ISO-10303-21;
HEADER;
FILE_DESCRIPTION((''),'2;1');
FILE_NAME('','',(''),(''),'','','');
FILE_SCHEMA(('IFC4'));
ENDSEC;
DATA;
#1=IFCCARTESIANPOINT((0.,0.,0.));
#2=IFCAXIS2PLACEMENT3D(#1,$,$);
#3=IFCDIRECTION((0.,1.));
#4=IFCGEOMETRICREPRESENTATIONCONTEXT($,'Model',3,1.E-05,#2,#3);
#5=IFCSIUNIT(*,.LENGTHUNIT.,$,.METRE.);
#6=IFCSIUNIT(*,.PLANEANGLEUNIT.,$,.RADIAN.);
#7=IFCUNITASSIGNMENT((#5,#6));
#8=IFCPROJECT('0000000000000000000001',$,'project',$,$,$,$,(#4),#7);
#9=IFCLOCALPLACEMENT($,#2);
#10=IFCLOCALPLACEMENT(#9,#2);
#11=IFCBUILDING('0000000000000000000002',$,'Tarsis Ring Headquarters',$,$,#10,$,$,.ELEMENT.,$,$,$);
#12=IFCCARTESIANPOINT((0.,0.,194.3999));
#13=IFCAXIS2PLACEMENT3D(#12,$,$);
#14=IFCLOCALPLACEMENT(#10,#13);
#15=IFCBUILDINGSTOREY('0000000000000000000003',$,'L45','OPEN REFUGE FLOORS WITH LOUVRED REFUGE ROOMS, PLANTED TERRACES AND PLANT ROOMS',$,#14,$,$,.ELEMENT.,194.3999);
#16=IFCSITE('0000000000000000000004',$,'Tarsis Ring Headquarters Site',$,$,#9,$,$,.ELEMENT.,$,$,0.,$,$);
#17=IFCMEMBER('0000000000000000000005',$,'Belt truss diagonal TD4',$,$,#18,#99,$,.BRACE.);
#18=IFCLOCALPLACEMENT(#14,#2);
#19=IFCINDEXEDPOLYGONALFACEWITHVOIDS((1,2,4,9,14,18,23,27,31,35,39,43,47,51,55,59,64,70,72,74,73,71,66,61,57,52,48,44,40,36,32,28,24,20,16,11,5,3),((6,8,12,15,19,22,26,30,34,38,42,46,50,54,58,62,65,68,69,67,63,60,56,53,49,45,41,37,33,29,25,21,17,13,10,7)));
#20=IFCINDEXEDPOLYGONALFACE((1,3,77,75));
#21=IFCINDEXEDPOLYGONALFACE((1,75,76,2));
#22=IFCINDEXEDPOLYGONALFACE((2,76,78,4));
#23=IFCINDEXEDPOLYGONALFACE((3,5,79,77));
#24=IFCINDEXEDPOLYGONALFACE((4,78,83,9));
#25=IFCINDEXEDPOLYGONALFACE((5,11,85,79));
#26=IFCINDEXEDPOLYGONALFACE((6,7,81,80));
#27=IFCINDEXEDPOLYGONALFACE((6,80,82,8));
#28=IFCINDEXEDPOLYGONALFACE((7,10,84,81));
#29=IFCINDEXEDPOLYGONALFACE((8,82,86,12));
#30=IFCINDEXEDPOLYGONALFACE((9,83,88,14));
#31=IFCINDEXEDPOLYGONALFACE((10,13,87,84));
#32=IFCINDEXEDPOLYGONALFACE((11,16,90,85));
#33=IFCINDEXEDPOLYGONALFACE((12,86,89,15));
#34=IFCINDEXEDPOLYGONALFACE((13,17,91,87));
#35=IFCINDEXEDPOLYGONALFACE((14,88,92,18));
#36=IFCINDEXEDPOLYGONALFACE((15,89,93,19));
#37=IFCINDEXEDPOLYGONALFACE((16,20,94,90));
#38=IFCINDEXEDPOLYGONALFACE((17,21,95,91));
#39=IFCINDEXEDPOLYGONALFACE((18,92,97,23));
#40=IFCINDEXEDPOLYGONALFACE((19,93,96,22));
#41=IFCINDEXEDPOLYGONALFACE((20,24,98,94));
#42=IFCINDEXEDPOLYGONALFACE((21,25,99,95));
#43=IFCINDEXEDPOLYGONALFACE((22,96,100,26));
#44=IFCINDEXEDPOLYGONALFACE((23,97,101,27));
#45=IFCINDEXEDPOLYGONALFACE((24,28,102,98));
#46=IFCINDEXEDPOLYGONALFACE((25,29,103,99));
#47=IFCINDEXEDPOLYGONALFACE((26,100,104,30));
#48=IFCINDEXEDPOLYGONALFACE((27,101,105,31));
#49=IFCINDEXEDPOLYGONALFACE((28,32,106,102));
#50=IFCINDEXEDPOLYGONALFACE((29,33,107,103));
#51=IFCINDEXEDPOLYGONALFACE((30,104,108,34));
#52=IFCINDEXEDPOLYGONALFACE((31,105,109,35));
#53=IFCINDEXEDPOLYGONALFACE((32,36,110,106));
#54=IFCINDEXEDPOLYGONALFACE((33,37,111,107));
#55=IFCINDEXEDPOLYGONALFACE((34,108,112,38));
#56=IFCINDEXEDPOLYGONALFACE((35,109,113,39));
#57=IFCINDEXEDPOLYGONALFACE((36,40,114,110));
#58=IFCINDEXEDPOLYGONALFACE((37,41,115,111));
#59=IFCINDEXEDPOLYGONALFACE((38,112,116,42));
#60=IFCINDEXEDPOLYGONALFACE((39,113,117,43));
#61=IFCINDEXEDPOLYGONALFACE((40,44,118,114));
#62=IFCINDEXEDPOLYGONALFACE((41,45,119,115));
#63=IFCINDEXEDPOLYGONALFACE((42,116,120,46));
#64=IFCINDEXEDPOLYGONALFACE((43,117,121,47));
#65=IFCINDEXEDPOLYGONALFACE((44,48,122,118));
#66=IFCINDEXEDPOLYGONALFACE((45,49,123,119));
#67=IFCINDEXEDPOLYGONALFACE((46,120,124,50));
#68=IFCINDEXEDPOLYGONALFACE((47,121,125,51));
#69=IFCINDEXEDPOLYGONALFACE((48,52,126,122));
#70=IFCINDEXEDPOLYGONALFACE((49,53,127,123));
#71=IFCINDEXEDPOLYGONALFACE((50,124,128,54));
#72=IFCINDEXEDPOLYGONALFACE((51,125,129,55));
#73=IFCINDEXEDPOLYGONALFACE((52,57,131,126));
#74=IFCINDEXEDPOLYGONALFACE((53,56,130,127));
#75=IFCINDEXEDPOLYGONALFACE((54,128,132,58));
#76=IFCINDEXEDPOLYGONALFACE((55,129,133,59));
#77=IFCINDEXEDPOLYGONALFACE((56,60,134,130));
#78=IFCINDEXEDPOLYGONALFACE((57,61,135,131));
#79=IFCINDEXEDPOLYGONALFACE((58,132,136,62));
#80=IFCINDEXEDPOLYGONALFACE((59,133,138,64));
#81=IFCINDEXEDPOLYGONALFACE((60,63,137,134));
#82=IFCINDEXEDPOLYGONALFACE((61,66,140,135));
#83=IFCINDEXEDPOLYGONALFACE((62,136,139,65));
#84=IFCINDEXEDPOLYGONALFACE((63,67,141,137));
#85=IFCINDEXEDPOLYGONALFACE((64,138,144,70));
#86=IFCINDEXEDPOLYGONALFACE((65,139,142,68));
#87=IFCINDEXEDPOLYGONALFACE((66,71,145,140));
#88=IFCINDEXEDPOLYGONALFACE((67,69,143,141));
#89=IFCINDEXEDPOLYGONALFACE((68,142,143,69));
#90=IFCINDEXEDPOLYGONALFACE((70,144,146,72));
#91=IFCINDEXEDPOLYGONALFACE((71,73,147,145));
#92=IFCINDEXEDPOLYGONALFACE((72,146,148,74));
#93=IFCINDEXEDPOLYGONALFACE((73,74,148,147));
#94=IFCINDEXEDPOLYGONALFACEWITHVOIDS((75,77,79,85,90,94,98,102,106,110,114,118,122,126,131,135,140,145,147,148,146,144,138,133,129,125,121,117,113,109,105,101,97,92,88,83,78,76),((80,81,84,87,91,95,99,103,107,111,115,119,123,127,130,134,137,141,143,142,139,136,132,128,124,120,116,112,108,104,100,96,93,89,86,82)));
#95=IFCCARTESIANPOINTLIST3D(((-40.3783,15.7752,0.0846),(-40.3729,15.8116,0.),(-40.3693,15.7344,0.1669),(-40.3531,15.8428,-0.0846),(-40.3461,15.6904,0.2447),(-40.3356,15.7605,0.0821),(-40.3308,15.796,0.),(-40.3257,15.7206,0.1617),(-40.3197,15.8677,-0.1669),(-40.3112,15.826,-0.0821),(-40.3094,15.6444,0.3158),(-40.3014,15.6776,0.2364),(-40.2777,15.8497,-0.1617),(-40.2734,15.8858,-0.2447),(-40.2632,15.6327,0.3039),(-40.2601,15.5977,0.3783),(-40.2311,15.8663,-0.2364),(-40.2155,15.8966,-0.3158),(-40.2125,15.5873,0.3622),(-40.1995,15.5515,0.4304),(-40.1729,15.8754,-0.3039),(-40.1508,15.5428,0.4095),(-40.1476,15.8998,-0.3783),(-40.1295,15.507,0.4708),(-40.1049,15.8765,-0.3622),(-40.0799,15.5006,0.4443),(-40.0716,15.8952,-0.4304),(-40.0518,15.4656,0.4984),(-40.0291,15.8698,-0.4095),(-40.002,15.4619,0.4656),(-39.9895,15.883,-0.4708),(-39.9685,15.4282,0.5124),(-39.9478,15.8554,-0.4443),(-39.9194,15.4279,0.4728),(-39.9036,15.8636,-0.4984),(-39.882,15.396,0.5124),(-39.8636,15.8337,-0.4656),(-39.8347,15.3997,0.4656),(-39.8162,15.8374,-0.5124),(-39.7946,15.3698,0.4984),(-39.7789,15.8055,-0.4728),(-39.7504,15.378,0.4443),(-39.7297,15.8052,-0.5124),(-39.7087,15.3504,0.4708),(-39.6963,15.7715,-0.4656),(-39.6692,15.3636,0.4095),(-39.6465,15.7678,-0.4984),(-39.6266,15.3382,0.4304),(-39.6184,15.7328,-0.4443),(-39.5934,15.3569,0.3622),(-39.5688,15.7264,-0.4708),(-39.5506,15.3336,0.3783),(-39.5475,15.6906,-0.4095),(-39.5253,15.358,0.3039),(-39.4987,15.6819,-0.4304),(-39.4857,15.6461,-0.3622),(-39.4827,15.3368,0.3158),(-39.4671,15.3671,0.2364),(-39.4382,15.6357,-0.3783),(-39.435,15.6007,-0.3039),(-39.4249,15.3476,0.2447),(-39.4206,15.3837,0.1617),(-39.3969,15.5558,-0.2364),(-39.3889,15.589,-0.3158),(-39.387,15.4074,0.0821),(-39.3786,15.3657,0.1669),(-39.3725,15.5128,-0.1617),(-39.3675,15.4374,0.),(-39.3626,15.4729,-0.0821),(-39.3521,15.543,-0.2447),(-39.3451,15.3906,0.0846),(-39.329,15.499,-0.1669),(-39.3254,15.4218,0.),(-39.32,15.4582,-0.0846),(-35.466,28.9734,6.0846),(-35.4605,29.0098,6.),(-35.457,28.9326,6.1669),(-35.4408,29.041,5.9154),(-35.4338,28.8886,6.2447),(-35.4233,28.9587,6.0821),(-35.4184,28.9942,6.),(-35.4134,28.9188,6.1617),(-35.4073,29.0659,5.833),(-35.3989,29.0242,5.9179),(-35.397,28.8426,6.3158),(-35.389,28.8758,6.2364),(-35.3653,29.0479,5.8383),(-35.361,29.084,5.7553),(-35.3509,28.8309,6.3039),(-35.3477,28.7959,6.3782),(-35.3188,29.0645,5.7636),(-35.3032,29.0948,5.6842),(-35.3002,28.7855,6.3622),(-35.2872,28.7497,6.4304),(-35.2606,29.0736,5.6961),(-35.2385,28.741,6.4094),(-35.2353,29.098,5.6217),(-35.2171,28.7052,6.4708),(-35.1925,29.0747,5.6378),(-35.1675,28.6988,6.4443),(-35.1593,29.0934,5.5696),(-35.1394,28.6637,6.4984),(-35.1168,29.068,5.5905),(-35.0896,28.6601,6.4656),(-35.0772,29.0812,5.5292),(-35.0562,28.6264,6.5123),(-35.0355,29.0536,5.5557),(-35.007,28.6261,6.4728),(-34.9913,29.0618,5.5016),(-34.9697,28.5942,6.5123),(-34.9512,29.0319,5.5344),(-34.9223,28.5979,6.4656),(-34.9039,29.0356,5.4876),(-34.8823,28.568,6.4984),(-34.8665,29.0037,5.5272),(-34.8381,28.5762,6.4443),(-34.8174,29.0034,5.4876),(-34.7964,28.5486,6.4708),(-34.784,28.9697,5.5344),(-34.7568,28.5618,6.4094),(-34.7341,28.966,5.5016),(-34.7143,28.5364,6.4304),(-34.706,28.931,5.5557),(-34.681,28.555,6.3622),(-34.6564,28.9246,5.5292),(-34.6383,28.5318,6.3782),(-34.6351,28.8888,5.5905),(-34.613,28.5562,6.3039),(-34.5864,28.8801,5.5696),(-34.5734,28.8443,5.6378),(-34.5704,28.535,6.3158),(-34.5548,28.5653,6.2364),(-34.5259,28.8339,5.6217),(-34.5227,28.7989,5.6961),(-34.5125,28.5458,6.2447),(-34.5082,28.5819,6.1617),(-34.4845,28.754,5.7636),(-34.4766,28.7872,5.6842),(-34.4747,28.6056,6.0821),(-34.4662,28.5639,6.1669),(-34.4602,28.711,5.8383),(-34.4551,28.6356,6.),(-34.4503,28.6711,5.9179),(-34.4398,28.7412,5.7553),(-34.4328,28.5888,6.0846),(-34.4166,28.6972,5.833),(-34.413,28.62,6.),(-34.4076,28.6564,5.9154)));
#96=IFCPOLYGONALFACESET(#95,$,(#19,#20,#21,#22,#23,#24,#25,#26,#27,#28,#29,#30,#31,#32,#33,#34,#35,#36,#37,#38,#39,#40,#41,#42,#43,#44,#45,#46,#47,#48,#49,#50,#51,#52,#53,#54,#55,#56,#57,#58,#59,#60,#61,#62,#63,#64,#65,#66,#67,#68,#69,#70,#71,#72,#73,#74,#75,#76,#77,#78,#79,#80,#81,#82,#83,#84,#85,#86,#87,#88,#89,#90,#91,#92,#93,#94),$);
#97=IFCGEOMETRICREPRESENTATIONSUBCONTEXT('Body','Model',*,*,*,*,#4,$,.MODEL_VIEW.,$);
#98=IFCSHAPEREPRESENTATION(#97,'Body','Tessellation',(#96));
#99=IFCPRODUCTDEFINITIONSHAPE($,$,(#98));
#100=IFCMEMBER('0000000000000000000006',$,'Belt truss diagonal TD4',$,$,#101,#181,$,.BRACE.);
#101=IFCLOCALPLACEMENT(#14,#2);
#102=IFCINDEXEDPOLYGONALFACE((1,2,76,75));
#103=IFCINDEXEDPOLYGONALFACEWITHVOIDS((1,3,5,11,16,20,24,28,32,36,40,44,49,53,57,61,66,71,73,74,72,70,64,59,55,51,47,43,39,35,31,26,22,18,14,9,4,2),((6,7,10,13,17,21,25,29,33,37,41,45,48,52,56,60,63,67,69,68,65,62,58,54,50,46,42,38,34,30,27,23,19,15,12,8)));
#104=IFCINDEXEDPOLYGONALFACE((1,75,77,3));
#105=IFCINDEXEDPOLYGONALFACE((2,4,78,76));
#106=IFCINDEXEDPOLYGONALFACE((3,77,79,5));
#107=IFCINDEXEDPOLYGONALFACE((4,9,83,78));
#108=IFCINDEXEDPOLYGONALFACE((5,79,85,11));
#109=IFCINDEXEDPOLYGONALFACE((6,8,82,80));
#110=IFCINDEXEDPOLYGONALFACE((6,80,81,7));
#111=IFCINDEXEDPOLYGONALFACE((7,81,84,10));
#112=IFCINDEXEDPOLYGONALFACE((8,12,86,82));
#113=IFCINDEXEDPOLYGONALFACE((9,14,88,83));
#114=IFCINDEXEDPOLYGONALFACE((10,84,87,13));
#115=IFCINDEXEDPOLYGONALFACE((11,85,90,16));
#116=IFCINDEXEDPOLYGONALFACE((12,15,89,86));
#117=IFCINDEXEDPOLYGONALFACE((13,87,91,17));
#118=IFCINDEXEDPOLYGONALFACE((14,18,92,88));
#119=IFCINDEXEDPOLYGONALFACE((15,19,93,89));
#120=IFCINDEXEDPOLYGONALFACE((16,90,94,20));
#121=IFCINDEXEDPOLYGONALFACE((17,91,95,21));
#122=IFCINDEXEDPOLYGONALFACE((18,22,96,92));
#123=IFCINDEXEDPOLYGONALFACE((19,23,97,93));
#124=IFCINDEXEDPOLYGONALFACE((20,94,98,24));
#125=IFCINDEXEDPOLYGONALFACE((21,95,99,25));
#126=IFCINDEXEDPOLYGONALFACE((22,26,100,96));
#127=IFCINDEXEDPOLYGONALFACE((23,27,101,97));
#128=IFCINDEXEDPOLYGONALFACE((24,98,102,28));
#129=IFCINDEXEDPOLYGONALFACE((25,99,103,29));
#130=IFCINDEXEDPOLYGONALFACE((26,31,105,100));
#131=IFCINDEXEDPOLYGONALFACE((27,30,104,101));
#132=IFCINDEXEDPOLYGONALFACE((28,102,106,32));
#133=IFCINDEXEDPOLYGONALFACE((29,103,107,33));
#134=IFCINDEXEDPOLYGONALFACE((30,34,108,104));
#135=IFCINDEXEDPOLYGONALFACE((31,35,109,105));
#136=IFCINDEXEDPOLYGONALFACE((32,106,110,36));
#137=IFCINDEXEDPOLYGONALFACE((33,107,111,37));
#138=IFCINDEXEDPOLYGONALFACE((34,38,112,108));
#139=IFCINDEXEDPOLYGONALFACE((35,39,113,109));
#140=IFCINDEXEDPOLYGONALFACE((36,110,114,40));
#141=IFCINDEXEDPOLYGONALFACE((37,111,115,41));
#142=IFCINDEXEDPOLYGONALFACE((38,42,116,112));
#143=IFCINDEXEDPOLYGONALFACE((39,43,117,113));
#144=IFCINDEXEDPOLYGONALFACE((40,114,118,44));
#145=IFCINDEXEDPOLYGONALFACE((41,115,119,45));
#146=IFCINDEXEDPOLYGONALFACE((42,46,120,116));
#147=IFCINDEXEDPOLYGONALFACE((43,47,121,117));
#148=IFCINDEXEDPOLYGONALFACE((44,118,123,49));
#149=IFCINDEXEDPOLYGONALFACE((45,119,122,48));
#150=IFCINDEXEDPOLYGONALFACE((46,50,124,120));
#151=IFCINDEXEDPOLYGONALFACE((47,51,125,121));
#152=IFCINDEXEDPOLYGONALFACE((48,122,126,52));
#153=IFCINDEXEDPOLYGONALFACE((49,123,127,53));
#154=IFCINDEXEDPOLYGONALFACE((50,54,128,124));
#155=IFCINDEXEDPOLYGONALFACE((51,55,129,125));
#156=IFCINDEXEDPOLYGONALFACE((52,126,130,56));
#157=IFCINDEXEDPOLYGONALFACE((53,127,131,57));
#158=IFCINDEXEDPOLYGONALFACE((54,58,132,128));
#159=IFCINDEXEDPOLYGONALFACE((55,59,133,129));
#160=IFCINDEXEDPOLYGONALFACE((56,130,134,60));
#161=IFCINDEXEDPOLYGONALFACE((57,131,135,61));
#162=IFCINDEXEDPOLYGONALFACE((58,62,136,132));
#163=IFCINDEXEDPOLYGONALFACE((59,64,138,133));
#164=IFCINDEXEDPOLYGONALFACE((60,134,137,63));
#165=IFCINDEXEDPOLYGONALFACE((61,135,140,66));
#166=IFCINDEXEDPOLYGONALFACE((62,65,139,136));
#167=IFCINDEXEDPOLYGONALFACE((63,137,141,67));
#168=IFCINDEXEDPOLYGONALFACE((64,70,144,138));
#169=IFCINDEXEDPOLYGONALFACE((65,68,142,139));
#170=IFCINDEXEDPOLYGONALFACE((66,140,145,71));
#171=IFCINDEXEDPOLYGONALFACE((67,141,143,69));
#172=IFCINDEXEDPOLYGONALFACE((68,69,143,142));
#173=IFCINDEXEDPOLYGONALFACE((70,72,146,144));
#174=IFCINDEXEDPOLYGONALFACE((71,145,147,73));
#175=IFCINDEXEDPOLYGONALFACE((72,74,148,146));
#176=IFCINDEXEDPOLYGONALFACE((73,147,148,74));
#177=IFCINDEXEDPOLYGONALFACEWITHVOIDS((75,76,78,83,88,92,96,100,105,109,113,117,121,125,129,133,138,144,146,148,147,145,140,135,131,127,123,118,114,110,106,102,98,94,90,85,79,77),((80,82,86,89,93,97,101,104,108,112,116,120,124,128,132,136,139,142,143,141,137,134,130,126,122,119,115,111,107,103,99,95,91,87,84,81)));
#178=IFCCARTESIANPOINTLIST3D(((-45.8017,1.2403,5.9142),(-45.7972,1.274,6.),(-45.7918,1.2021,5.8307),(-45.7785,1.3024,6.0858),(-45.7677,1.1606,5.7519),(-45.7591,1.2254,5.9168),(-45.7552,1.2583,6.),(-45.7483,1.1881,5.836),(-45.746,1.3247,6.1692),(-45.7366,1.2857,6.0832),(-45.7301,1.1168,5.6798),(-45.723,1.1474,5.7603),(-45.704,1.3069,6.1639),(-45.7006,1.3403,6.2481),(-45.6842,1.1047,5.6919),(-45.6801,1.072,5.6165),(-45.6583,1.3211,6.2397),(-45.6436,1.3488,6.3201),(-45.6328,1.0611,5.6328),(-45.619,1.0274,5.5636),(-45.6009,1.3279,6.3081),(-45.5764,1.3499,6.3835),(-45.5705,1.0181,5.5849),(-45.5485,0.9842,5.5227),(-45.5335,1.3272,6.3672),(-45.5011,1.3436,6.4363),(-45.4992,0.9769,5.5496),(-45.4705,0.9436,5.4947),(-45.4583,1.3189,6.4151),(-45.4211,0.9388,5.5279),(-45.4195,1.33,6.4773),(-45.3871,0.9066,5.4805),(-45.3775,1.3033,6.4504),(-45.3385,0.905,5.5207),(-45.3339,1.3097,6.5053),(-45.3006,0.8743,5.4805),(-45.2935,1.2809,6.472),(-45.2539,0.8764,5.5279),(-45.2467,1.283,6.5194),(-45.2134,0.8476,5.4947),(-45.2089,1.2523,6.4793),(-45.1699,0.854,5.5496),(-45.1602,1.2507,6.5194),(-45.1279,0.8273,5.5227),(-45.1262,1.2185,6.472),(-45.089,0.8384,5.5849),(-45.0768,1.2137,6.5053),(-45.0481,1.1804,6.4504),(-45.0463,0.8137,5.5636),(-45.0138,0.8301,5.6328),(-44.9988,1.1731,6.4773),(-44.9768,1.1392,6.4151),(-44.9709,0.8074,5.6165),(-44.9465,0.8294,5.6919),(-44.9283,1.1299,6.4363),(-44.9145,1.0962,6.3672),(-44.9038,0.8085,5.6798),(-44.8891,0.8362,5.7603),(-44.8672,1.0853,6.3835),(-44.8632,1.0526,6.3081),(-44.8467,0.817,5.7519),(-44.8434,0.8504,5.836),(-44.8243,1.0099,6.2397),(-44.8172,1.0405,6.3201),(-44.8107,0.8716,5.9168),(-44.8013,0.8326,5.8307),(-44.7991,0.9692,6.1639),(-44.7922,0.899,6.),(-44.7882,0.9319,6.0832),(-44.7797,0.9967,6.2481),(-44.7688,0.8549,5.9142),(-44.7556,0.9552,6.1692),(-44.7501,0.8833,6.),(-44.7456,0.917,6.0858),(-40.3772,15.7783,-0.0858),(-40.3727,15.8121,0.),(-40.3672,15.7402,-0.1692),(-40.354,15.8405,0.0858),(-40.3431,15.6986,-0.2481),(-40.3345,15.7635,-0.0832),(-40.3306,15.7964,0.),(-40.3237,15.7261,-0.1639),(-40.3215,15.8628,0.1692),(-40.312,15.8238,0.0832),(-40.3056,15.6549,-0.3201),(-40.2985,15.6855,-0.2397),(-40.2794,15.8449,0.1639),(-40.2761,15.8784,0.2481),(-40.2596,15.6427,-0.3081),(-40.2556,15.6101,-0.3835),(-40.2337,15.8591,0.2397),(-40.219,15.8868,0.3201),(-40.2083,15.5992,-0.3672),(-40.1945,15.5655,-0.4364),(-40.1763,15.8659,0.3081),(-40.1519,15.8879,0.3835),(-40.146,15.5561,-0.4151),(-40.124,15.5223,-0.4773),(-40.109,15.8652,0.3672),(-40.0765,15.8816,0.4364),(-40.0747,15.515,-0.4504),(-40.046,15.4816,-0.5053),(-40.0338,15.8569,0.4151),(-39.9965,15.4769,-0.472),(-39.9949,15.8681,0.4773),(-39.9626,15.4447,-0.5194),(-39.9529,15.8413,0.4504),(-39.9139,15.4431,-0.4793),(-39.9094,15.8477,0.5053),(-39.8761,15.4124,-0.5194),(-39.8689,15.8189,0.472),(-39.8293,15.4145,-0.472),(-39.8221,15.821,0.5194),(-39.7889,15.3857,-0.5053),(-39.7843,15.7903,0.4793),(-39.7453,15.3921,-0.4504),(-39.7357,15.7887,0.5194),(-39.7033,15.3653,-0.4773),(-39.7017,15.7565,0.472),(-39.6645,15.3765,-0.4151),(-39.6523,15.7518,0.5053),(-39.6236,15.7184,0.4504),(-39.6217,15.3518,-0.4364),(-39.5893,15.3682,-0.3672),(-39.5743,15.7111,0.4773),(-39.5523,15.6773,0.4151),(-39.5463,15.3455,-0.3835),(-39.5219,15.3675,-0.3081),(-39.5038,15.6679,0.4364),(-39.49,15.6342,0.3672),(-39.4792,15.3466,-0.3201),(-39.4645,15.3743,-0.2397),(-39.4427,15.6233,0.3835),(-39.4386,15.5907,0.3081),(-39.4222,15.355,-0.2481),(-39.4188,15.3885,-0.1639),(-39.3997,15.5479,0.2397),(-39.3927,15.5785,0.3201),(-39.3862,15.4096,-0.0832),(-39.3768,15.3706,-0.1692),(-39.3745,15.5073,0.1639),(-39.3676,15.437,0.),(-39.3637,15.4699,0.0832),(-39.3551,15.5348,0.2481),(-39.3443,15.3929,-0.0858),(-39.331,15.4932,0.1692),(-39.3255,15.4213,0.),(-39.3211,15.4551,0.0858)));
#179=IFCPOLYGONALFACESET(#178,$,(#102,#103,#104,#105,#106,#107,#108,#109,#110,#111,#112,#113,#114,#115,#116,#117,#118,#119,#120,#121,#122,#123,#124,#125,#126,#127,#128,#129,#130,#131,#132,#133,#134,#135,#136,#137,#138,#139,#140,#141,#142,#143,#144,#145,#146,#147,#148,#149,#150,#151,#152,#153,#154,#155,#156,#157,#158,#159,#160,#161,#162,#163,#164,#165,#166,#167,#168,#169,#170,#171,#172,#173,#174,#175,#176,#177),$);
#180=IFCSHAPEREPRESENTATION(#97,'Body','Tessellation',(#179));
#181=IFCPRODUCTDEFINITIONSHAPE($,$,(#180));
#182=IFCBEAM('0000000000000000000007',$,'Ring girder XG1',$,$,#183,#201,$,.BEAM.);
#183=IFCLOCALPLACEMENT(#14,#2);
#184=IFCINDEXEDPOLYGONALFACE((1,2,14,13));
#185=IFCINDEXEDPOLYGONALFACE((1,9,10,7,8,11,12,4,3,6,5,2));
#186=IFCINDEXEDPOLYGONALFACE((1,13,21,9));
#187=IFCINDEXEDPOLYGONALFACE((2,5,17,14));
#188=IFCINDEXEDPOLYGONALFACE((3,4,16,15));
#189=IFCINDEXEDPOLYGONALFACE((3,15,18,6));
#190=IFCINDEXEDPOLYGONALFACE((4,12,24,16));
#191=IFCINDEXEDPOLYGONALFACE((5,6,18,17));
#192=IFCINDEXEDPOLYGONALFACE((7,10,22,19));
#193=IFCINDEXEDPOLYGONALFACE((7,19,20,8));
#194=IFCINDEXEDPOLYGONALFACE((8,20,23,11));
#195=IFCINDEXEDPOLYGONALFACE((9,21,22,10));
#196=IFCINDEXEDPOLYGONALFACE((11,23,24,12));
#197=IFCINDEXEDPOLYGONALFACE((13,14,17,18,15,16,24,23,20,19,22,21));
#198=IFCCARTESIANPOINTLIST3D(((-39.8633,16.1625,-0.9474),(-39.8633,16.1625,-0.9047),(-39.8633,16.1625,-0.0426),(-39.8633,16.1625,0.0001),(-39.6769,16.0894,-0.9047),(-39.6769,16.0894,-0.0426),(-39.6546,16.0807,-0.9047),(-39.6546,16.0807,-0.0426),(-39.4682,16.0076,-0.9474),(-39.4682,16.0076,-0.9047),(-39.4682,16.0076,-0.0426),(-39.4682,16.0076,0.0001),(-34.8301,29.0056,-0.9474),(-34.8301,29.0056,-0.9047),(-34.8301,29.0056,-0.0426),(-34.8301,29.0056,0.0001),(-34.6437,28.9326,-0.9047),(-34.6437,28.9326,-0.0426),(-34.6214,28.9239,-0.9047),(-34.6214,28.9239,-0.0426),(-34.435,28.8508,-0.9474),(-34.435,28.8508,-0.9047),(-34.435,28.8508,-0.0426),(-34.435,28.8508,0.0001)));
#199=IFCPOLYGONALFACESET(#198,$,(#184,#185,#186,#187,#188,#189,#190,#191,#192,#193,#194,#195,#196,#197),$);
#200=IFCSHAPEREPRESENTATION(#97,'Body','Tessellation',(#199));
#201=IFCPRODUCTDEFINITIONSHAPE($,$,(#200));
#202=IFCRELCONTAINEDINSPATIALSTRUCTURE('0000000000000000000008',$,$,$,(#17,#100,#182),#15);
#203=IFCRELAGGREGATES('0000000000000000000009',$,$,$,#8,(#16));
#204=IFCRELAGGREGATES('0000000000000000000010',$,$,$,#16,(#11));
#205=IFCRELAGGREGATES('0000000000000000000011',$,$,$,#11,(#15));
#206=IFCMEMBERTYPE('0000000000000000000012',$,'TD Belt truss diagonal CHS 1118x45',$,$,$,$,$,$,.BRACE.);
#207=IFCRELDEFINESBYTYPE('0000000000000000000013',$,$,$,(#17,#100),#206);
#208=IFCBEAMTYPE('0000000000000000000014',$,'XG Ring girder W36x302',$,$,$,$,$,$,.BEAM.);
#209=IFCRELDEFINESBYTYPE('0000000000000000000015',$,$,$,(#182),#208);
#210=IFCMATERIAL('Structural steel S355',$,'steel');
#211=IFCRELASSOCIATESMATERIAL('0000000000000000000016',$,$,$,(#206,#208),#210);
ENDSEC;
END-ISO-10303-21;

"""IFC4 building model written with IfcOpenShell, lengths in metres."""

from ifc_helpers import new_model, si_unit, direction, frame, origin, origin_2d, place, context, subcontext, project, spatial, hollow_circle, i_section, extrude, material, material_profile, profile_set, type_object, element, save


model = new_model("IFC4")

# Units and contexts
model_context = context("Model", 3, precision=1e-05, world=origin(), true_north=direction((0.0, 1.0)))
body_context = subcontext(model_context, "Body", "Model", "MODEL_VIEW")
ifc_project = project(units=[si_unit("LENGTHUNIT", "METRE"), si_unit("PLANEANGLEUNIT", "RADIAN")], contexts=[model_context])

# Site, building, storey
site_placement = place(None, origin())
site = spatial("IfcSite", under=ifc_project, at=site_placement, Name="Tarsis Ring Headquarters Site", CompositionType="ELEMENT", RefElevation=0.0)
building_placement = place(site_placement, origin())
building = spatial("IfcBuilding", under=site, at=building_placement, Name="Tarsis Ring Headquarters", CompositionType="ELEMENT")
storey_placement = place(building_placement, frame((0.0, 0.0, 194.3999)))
storey = spatial("IfcBuildingStorey", under=building, at=storey_placement, Name="L45", Description="OPEN REFUGE FLOORS WITH LOUVRED REFUGE ROOMS, PLANTED TERRACES AND PLANT ROOMS", CompositionType="ELEMENT", Elevation=194.3999)

# Shared definitions
ifc_material_1 = material(Name="Structural steel S355", Category="steel")
ifc_material_profile_1 = material_profile(ifc_material_1, hollow_circle(Radius=0.5588, WallThickness=0.0449, at=origin_2d()), Name="CHS 1118x45")
ifc_profile_set_1 = profile_set([ifc_material_profile_1], Name="Structural steel S355")

# Members
member_type_1 = type_object("IfcMemberType", Name="TD Belt truss diagonal CHS 1118x45", PredefinedType="BRACE", material=ifc_profile_set_1)
member_1_placement = place(storey_placement, frame((-39.8491, 15.6167, 0.0), z_axis=(0.320908, 0.862198, 0.39196), x_axis=(-0.93719, 0.34882, 0.0)))
element("IfcMember", 1, at=member_1_placement, inside=storey, type_object=member_type_1, Name="Belt truss diagonal TD4", PredefinedType="BRACE", context=body_context, shape_type="SweptSolid", body=[
    extrude(hollow_circle(Radius=0.5588, WallThickness=0.0449, at=origin_2d()), origin(), (0.0, 0.0, 1.0), 15.3076),
])
member_2_placement = place(storey_placement, frame((-39.8491, 15.6167, 0.0), z_axis=(-0.326059, -0.873853, 0.360647), x_axis=(0.936905, -0.349585, 0.0)))
element("IfcMember", 2, at=member_2_placement, inside=storey, type_object=member_type_1, Name="Belt truss diagonal TD4", PredefinedType="BRACE", context=body_context, shape_type="SweptSolid", body=[
    extrude(hollow_circle(Radius=0.5588, WallThickness=0.0449, at=origin_2d()), origin(), (0.0, 0.0, 1.0), 16.6367),
])

# Beam
ifc_material_profile_2 = material_profile(ifc_material_1, i_section(OverallWidth=0.4243, OverallDepth=0.9475, WebThickness=0.0239, FlangeThickness=0.0427, at=origin_2d()), Name="W36x302")
ifc_profile_set_2 = profile_set([ifc_material_profile_2], Name="Structural steel S355")
beam_type_1 = type_object("IfcBeamType", Name="XG Ring girder W36x302", PredefinedType="BEAM", material=ifc_profile_set_2)
beam_1_placement = place(storey_placement, frame((-34.6326, 28.9282, -0.4736), z_axis=(-0.364876, -0.931056, 0.0), x_axis=(0.931056, -0.364876, 0.0)))
element("IfcBeam", 3, at=beam_1_placement, inside=storey, type_object=beam_type_1, Name="Ring girder XG1", PredefinedType="BEAM", context=body_context, shape_type="SweptSolid", body=[
    extrude(i_section(OverallWidth=0.4243, OverallDepth=0.9475, WebThickness=0.0239, FlangeThickness=0.0427, at=origin_2d()), origin(), (0.0, 0.0, 1.0), 13.7942),
])

save(model, "model.ifc")
